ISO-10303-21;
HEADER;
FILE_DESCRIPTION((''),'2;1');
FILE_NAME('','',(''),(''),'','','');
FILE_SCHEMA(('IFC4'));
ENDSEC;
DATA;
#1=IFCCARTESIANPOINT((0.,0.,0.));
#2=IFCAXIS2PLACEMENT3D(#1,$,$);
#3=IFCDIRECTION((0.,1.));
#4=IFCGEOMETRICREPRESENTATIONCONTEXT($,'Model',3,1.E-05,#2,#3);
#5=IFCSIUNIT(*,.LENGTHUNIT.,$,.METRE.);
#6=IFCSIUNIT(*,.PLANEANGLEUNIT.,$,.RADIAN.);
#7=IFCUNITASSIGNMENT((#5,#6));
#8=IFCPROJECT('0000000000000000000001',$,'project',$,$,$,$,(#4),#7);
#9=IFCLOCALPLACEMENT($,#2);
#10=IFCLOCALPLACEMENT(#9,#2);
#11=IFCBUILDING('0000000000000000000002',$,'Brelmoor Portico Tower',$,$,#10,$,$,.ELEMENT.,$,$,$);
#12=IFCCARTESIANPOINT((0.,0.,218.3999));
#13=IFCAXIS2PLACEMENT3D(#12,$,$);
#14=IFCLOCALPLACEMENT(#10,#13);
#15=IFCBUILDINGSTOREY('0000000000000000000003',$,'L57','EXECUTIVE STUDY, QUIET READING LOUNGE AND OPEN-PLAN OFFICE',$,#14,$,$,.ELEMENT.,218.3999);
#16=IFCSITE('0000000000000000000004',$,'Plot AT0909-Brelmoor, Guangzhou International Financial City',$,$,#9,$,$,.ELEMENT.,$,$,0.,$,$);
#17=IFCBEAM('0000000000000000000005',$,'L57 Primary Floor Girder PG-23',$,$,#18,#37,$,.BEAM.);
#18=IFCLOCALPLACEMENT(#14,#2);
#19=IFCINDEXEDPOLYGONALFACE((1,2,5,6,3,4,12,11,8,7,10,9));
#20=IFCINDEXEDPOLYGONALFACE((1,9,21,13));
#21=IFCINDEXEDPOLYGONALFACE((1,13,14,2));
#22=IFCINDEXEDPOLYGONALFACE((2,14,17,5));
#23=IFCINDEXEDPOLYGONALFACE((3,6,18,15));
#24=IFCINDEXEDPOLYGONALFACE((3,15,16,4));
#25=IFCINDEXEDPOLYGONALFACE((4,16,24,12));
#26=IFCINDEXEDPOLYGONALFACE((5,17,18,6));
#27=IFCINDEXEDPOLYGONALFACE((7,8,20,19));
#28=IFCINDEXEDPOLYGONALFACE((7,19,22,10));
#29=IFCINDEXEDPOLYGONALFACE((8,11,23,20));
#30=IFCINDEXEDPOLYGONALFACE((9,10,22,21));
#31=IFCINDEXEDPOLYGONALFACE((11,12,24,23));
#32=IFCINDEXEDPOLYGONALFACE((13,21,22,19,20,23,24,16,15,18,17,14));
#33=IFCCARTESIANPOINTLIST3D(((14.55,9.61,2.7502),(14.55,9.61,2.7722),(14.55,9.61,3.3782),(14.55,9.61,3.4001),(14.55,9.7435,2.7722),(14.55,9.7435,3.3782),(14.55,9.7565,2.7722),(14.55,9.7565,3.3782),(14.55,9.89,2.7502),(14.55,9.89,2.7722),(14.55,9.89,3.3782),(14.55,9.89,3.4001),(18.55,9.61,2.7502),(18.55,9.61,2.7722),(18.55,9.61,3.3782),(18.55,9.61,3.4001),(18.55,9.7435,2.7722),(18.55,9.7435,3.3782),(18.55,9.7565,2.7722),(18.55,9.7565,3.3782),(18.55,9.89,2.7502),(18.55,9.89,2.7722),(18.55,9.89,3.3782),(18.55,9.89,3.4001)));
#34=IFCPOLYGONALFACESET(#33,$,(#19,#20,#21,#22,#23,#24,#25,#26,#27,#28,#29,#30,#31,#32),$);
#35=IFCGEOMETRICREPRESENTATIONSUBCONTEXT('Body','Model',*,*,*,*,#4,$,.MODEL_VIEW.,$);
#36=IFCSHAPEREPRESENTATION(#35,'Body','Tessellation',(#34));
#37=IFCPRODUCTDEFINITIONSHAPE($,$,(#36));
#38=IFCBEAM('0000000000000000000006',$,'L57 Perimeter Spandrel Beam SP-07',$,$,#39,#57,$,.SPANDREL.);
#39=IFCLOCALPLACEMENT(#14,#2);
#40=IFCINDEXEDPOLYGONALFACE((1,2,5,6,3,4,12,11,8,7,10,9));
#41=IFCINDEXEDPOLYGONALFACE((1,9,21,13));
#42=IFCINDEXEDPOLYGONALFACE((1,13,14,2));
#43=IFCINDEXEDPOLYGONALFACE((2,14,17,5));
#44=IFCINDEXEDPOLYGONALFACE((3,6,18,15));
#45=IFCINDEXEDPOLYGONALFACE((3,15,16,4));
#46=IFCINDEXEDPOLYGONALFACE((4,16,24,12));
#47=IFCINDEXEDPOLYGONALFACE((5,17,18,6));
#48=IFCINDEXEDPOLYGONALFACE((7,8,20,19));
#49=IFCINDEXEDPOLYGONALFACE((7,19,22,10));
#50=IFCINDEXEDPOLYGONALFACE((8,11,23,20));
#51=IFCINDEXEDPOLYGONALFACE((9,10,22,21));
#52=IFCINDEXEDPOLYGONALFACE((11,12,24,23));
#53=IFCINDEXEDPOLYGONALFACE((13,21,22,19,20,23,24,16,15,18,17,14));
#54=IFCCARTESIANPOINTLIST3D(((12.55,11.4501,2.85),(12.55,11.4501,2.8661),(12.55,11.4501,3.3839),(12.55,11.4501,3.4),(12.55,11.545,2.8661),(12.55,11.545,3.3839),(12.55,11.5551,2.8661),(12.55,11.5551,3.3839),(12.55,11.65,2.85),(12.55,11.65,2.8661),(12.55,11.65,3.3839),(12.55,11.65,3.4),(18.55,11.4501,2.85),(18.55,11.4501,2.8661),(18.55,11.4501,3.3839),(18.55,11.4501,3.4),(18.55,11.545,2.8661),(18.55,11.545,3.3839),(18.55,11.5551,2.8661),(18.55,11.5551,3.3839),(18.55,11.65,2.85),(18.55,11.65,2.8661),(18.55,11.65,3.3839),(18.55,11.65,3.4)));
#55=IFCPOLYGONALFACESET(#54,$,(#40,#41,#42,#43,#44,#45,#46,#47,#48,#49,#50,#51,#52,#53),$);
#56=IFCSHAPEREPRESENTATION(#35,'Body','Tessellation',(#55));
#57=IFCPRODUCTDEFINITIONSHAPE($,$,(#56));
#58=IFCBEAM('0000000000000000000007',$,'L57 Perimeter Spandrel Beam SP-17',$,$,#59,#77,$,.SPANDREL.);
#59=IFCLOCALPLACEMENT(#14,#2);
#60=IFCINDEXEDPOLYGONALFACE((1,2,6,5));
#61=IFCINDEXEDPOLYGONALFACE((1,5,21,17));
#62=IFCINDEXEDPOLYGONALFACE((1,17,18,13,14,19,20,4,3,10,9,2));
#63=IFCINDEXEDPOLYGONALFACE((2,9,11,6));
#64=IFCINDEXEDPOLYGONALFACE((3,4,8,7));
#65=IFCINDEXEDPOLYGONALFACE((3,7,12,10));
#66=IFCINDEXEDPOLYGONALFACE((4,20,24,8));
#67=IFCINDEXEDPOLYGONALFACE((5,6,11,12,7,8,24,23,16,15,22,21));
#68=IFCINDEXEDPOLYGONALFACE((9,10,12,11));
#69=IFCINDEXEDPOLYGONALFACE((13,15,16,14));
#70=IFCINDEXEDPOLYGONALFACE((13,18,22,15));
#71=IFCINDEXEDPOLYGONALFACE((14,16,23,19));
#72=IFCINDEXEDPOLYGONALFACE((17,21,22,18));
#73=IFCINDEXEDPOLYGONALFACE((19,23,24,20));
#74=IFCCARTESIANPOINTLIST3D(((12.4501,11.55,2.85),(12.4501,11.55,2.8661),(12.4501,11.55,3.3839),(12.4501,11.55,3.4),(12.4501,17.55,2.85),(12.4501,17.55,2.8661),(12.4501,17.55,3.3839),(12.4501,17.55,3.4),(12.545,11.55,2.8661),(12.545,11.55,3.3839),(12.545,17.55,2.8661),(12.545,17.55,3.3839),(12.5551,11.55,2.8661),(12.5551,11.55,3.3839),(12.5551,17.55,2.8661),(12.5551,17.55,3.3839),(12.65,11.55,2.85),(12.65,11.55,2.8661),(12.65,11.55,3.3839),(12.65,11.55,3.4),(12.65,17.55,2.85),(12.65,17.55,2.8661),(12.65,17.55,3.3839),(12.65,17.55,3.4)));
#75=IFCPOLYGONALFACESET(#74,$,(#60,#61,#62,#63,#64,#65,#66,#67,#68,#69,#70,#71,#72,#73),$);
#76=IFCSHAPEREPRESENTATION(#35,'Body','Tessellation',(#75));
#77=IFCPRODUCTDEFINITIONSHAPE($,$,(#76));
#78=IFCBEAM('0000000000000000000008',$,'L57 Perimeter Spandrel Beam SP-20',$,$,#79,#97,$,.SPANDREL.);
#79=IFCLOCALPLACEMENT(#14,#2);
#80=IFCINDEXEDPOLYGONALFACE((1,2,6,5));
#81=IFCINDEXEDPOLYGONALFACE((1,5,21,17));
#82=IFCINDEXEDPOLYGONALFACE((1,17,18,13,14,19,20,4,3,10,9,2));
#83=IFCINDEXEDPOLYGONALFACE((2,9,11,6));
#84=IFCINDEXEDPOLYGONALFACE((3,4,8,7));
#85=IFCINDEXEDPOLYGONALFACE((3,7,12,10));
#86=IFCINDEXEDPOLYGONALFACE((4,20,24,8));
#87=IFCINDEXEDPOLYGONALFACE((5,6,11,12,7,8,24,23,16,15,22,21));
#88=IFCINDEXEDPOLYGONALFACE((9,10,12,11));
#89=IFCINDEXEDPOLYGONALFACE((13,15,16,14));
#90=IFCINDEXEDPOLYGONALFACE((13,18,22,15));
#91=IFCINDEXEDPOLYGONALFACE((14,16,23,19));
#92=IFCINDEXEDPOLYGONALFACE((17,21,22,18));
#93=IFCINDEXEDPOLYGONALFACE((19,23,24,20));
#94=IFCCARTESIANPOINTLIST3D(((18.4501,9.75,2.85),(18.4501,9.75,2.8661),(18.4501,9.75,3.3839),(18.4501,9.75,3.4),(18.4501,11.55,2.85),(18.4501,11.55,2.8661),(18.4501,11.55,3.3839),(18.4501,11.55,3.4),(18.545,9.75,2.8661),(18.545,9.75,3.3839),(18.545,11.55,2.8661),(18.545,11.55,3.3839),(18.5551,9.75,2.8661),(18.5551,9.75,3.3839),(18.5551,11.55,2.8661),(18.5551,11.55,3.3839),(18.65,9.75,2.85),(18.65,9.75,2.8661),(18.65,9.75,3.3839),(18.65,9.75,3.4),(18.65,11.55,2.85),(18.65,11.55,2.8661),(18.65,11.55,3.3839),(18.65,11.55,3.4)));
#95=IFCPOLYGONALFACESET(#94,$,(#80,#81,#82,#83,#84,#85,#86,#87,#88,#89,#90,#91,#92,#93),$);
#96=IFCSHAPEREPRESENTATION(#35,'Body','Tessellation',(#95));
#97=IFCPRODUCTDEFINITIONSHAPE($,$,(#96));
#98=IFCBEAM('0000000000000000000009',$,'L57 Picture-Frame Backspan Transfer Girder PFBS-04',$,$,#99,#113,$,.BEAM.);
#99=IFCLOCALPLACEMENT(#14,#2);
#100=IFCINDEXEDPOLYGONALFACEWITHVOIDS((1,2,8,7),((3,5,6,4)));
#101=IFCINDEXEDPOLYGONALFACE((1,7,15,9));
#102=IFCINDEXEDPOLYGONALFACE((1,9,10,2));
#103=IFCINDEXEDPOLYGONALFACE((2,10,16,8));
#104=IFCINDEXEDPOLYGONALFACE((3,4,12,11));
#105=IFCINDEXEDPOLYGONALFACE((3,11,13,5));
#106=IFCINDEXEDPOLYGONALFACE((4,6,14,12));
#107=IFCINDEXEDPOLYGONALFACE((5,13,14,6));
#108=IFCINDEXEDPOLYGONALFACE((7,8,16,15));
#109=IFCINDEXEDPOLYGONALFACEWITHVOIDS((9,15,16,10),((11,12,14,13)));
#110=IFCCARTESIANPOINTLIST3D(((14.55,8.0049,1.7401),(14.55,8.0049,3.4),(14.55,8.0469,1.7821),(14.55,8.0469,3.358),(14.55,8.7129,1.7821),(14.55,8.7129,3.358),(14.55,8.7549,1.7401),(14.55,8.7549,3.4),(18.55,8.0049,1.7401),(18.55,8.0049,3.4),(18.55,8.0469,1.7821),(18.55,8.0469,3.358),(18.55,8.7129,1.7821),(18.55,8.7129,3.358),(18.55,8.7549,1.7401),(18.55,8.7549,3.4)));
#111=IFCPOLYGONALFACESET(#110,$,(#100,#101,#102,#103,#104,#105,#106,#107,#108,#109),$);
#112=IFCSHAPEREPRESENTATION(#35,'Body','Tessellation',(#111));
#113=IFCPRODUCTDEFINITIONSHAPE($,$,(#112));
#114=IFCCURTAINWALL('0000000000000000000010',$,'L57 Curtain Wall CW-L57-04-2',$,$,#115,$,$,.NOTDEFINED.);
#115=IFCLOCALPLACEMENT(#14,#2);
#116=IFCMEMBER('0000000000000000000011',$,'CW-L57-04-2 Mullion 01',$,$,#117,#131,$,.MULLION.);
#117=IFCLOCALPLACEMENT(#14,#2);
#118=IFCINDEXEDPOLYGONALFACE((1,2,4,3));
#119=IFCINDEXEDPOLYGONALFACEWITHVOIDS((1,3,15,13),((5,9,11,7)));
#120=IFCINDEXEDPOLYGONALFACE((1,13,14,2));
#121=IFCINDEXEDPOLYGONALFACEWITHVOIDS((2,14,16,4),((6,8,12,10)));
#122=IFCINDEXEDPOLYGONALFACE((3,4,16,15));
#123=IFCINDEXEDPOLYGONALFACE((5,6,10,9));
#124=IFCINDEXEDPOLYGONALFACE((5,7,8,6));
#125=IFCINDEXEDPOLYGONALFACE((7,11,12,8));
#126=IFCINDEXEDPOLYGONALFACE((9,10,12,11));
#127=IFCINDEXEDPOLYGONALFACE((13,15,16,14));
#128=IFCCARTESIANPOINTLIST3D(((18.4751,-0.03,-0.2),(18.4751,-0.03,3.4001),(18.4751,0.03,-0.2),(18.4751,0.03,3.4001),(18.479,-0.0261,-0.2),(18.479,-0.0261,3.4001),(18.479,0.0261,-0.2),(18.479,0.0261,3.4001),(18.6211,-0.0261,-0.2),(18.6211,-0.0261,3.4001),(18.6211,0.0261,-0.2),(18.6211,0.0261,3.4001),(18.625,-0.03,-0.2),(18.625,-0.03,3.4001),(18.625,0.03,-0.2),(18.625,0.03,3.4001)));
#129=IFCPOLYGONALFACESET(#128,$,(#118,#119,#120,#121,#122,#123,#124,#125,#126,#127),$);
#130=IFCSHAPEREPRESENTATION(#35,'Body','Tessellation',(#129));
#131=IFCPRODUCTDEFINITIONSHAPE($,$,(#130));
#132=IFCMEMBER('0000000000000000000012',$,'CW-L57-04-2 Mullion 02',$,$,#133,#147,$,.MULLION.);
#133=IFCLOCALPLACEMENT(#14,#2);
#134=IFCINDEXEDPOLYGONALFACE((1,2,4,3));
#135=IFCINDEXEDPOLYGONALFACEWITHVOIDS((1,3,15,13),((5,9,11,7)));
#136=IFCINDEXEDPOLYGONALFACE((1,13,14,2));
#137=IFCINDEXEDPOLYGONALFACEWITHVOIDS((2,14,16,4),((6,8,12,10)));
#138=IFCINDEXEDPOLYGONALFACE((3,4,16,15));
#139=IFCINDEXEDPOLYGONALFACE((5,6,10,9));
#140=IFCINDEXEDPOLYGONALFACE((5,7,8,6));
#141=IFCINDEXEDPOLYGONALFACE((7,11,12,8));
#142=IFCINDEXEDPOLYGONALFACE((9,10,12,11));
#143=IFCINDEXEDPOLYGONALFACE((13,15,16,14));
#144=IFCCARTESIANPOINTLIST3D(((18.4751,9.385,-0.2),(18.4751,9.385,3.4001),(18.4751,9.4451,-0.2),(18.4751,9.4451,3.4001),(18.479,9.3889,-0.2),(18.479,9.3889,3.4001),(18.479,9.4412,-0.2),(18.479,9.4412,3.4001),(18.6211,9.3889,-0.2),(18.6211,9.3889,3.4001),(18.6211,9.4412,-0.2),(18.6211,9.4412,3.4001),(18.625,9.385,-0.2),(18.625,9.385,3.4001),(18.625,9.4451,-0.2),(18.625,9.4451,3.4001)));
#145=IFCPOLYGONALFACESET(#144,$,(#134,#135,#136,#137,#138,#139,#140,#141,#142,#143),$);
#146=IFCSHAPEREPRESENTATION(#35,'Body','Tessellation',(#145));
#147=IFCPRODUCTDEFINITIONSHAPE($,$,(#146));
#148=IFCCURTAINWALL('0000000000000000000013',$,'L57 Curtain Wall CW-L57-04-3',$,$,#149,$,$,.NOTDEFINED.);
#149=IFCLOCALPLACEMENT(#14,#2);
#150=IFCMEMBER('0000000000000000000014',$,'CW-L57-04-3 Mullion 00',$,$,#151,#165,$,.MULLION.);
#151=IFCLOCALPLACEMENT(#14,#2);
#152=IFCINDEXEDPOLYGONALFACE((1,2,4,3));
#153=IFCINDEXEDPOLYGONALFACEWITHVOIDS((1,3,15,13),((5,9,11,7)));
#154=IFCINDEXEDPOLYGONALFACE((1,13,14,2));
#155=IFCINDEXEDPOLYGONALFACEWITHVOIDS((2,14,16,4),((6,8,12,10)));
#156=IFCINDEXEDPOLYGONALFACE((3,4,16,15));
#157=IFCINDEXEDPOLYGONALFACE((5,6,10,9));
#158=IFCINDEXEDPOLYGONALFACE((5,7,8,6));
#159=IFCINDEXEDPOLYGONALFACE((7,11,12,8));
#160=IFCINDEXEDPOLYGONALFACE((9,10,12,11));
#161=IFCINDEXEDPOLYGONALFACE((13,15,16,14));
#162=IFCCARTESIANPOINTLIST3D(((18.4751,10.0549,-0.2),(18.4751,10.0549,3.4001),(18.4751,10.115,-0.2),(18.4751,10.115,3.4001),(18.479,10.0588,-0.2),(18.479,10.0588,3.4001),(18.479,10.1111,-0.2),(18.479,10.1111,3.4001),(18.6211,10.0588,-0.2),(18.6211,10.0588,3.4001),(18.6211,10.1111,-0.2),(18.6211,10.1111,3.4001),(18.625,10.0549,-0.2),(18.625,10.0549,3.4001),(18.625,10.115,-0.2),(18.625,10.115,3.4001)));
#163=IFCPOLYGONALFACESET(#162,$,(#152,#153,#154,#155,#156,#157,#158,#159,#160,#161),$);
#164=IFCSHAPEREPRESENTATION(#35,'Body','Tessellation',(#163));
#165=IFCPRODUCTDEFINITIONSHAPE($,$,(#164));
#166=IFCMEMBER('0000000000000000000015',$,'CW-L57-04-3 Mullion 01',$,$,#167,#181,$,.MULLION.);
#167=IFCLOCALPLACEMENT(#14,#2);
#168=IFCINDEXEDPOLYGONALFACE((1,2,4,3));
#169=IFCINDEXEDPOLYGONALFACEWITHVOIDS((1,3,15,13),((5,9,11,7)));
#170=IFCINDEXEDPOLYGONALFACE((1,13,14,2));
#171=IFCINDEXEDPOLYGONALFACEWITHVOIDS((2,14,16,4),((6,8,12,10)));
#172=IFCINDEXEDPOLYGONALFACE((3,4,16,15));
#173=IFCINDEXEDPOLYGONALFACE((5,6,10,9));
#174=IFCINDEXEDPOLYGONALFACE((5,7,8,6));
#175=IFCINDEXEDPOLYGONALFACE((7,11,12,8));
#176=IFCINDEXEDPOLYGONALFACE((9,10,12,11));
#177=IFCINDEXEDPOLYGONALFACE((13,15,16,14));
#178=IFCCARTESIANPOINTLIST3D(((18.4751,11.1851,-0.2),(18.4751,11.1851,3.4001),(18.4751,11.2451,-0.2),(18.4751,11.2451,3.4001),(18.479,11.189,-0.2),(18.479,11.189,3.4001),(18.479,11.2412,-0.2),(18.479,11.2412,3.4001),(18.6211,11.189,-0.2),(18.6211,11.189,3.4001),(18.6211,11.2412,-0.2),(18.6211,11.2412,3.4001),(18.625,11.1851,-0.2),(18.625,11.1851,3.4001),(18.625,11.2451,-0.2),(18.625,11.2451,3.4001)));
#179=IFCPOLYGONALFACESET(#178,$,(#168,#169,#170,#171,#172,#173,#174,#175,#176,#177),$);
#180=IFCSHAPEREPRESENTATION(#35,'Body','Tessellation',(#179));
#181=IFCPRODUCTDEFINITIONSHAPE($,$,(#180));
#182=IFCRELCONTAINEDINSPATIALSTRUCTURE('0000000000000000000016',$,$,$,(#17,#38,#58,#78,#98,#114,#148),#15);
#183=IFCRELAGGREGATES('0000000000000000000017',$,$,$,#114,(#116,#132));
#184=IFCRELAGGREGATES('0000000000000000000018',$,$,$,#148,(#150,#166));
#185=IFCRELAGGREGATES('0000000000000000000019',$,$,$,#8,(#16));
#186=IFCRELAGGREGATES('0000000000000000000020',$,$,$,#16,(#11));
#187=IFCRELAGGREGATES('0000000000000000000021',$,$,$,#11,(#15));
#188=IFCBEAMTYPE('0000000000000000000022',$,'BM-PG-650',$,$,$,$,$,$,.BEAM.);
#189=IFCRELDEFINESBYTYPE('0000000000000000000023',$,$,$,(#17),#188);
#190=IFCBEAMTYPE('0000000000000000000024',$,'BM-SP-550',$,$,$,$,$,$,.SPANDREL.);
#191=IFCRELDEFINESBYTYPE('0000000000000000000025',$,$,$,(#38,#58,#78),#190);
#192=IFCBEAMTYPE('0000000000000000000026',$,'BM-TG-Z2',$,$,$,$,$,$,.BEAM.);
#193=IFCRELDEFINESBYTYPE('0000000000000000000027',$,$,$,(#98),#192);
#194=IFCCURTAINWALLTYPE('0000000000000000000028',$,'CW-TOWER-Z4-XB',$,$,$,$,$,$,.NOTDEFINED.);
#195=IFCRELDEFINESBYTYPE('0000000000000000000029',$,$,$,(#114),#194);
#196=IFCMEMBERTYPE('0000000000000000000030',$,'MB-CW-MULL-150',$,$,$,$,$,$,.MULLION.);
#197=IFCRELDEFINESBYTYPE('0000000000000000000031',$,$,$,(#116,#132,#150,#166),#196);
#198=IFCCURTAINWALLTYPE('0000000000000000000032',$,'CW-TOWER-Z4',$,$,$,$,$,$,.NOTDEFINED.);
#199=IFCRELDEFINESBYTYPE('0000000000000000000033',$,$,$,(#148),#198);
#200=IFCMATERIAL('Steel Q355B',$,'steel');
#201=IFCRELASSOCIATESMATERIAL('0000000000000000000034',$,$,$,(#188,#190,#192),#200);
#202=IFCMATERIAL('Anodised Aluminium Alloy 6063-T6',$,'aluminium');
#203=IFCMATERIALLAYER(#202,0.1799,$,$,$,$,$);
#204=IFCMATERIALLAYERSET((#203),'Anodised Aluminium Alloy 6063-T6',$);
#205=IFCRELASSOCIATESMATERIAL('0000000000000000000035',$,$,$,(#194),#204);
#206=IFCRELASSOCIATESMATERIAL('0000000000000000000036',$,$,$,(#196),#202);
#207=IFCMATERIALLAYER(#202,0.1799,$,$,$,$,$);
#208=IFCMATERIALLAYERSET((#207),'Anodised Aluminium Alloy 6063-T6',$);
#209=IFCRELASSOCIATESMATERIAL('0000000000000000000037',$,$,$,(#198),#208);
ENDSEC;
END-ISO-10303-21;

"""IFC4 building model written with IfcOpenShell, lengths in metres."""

from ifc_helpers import new_model, si_unit, direction, frame, origin, origin_2d, place, context, subcontext, project, spatial, hollow_rectangle, i_section, extrude, material, layer, layer_set, material_profile, profile_set, type_object, element, aggregate, save


model = new_model("IFC4")

# Units and contexts
model_context = context("Model", 3, precision=1e-05, world=origin(), true_north=direction((0.0, 1.0)))
body_context = subcontext(model_context, "Body", "Model", "MODEL_VIEW")
ifc_project = project(units=[si_unit("LENGTHUNIT", "METRE"), si_unit("PLANEANGLEUNIT", "RADIAN")], contexts=[model_context])

# Site, building, storey
site_placement = place(None, origin())
site = spatial("IfcSite", under=ifc_project, at=site_placement, Name="Plot AT0909-Brelmoor, Guangzhou International Financial City", CompositionType="ELEMENT", RefElevation=0.0)
building_placement = place(site_placement, origin())
building = spatial("IfcBuilding", under=site, at=building_placement, Name="Brelmoor Portico Tower", CompositionType="ELEMENT")
storey_placement = place(building_placement, frame((0.0, 0.0, 218.3999)))
storey = spatial("IfcBuildingStorey", under=building, at=storey_placement, Name="L57", Description="EXECUTIVE STUDY, QUIET READING LOUNGE AND OPEN-PLAN OFFICE", CompositionType="ELEMENT", Elevation=218.3999)

# Shared definitions
ifc_material_1 = material(Name="Steel Q355B", Category="steel")

# Beams
ifc_material_profile_1 = material_profile(ifc_material_1, i_section(OverallWidth=0.28, OverallDepth=0.6499, WebThickness=0.0129, FlangeThickness=0.022, at=origin_2d()), Name="HN 650x280x13x22")
ifc_profile_set_1 = profile_set([ifc_material_profile_1], Name="Steel Q355B")
beam_type_1 = type_object("IfcBeamType", Name="BM-PG-650", PredefinedType="BEAM", material=ifc_profile_set_1)
beam_1_placement = place(storey_placement, frame((14.55, 9.75, 3.0752), z_axis=(1.0, 0.0, 0.0), x_axis=(0.0, 1.0, 0.0)))
element("IfcBeam", 1, at=beam_1_placement, inside=storey, type_object=beam_type_1, Name="L57 Primary Floor Girder PG-23", PredefinedType="BEAM", context=body_context, shape_type="SweptSolid", body=[
    extrude(i_section(OverallWidth=0.28, OverallDepth=0.6499, WebThickness=0.0129, FlangeThickness=0.022, at=origin_2d()), origin(), (0.0, 0.0, 1.0), 4.0),
])
ifc_material_profile_2 = material_profile(ifc_material_1, i_section(OverallWidth=0.2, OverallDepth=0.55, WebThickness=0.01, FlangeThickness=0.0161, at=origin_2d()), Name="HN 550x200x10x16")
ifc_profile_set_2 = profile_set([ifc_material_profile_2], Name="Steel Q355B")
beam_type_2 = type_object("IfcBeamType", Name="BM-SP-550", PredefinedType="SPANDREL", material=ifc_profile_set_2)
for number, where, z_axis, x_axis, name in (
    (2, (12.55, 11.55, 3.125), (1.0, 0.0, 0.0), (0.0, 1.0, 0.0), "L57 Perimeter Spandrel Beam SP-07"),
    (3, (12.55, 11.55, 3.125), (0.0, 1.0, 0.0), (-1.0, 0.0, 0.0), "L57 Perimeter Spandrel Beam SP-17"),
):
    element("IfcBeam", number, at=place(storey_placement, frame(where, z_axis=z_axis, x_axis=x_axis)), inside=storey, type_object=beam_type_2, Name=name, PredefinedType="SPANDREL", context=body_context, shape_type="SweptSolid", body=[
        extrude(i_section(OverallWidth=0.2, OverallDepth=0.55, WebThickness=0.01, FlangeThickness=0.0161, at=origin_2d()), origin(), (0.0, 0.0, 1.0), 6.0),
    ])
beam_2_placement = place(storey_placement, frame((18.55, 9.75, 3.125), z_axis=(0.0, 1.0, 0.0), x_axis=(-1.0, 0.0, 0.0)))
element("IfcBeam", 4, at=beam_2_placement, inside=storey, type_object=beam_type_2, Name="L57 Perimeter Spandrel Beam SP-20", PredefinedType="SPANDREL", context=body_context, shape_type="SweptSolid", body=[
    extrude(i_section(OverallWidth=0.2, OverallDepth=0.55, WebThickness=0.01, FlangeThickness=0.0161, at=origin_2d()), origin(), (0.0, 0.0, 1.0), 1.8),
])
ifc_material_profile_3 = material_profile(ifc_material_1, hollow_rectangle(XDim=0.75, YDim=1.6599, WallThickness=0.042, at=origin_2d()), Name="BOX 750x1660x42")
ifc_profile_set_3 = profile_set([ifc_material_profile_3], Name="Steel Q355B")
beam_type_3 = type_object("IfcBeamType", Name="BM-TG-Z2", PredefinedType="BEAM", material=ifc_profile_set_3)
beam_3_placement = place(storey_placement, frame((14.55, 8.3799, 2.5701), z_axis=(1.0, 0.0, 0.0), x_axis=(0.0, 1.0, 0.0)))
element("IfcBeam", 5, at=beam_3_placement, inside=storey, type_object=beam_type_3, Name="L57 Picture-Frame Backspan Transfer Girder PFBS-04", PredefinedType="BEAM", context=body_context, shape_type="SweptSolid", body=[
    extrude(hollow_rectangle(XDim=0.75, YDim=1.6599, WallThickness=0.042, at=origin_2d()), origin(), (0.0, 0.0, 1.0), 4.0),
])

# Curtain walls, members
ifc_material_2 = material(Name="Anodised Aluminium Alloy 6063-T6", Category="aluminium")
ifc_layer_1 = layer(ifc_material_2, 0.1799)
ifc_layer_set_1 = layer_set([ifc_layer_1], Name="Anodised Aluminium Alloy 6063-T6")
curtain_wall_type_1 = type_object("IfcCurtainWallType", Name="CW-TOWER-Z4-XB", PredefinedType="NOTDEFINED", material=ifc_layer_set_1)
curtain_wall_1_placement = place(storey_placement, origin())
curtain_wall_1 = element("IfcCurtainWall", 6, at=curtain_wall_1_placement, inside=storey, type_object=curtain_wall_type_1, Name="L57 Curtain Wall CW-L57-04-2", PredefinedType="NOTDEFINED")
ifc_material_profile_4 = material_profile(ifc_material_2, hollow_rectangle(XDim=0.0601, YDim=0.1499, WallThickness=0.0039, at=origin_2d()), Name="ALU MULLION 60x150")
ifc_profile_set_4 = profile_set([ifc_material_profile_4], Name="Anodised Aluminium Alloy 6063-T6")
member_type_1 = type_object("IfcMemberType", Name="MB-CW-MULL-150", PredefinedType="MULLION", material=ifc_profile_set_4)
member_1_placement = place(storey_placement, frame((18.55, 0.0, -0.2), z_axis=(0.0, 0.0, 1.0), x_axis=(0.0, 1.0, 0.0)))
member_1 = element("IfcMember", 7, at=member_1_placement, type_object=member_type_1, Name="CW-L57-04-2 Mullion 01", PredefinedType="MULLION", context=body_context, shape_type="SweptSolid", body=[
    extrude(hollow_rectangle(XDim=0.0601, YDim=0.1499, WallThickness=0.0039, at=origin_2d()), origin(), (0.0, 0.0, 1.0), 3.6001),
])
member_2_placement = place(storey_placement, frame((18.55, 9.415, -0.2), z_axis=(0.0, 0.0, 1.0), x_axis=(0.0, 1.0, 0.0)))
member_2 = element("IfcMember", 8, at=member_2_placement, type_object=member_type_1, Name="CW-L57-04-2 Mullion 02", PredefinedType="MULLION", context=body_context, shape_type="SweptSolid", body=[
    extrude(hollow_rectangle(XDim=0.0601, YDim=0.1499, WallThickness=0.0039, at=origin_2d()), origin(), (0.0, 0.0, 1.0), 3.6001),
])
ifc_layer_2 = layer(ifc_material_2, 0.1799)
ifc_layer_set_2 = layer_set([ifc_layer_2], Name="Anodised Aluminium Alloy 6063-T6")
curtain_wall_type_2 = type_object("IfcCurtainWallType", Name="CW-TOWER-Z4", PredefinedType="NOTDEFINED", material=ifc_layer_set_2)
curtain_wall_2_placement = place(storey_placement, origin())
curtain_wall_2 = element("IfcCurtainWall", 9, at=curtain_wall_2_placement, inside=storey, type_object=curtain_wall_type_2, Name="L57 Curtain Wall CW-L57-04-3", PredefinedType="NOTDEFINED")
member_3_placement = place(storey_placement, frame((18.55, 10.085, -0.2), z_axis=(0.0, 0.0, 1.0), x_axis=(0.0, 1.0, 0.0)))
member_3 = element("IfcMember", 10, at=member_3_placement, type_object=member_type_1, Name="CW-L57-04-3 Mullion 00", PredefinedType="MULLION", context=body_context, shape_type="SweptSolid", body=[
    extrude(hollow_rectangle(XDim=0.0601, YDim=0.1499, WallThickness=0.0039, at=origin_2d()), origin(), (0.0, 0.0, 1.0), 3.6001),
])
member_4_placement = place(storey_placement, frame((18.55, 11.2151, -0.2), z_axis=(0.0, 0.0, 1.0), x_axis=(0.0, 1.0, 0.0)))
member_4 = element("IfcMember", 11, at=member_4_placement, type_object=member_type_1, Name="CW-L57-04-3 Mullion 01", PredefinedType="MULLION", context=body_context, shape_type="SweptSolid", body=[
    extrude(hollow_rectangle(XDim=0.0601, YDim=0.1499, WallThickness=0.0039, at=origin_2d()), origin(), (0.0, 0.0, 1.0), 3.6001),
])

aggregate(curtain_wall_1, [member_1, member_2])
aggregate(curtain_wall_2, [member_3, member_4])

save(model, "model.ifc")
